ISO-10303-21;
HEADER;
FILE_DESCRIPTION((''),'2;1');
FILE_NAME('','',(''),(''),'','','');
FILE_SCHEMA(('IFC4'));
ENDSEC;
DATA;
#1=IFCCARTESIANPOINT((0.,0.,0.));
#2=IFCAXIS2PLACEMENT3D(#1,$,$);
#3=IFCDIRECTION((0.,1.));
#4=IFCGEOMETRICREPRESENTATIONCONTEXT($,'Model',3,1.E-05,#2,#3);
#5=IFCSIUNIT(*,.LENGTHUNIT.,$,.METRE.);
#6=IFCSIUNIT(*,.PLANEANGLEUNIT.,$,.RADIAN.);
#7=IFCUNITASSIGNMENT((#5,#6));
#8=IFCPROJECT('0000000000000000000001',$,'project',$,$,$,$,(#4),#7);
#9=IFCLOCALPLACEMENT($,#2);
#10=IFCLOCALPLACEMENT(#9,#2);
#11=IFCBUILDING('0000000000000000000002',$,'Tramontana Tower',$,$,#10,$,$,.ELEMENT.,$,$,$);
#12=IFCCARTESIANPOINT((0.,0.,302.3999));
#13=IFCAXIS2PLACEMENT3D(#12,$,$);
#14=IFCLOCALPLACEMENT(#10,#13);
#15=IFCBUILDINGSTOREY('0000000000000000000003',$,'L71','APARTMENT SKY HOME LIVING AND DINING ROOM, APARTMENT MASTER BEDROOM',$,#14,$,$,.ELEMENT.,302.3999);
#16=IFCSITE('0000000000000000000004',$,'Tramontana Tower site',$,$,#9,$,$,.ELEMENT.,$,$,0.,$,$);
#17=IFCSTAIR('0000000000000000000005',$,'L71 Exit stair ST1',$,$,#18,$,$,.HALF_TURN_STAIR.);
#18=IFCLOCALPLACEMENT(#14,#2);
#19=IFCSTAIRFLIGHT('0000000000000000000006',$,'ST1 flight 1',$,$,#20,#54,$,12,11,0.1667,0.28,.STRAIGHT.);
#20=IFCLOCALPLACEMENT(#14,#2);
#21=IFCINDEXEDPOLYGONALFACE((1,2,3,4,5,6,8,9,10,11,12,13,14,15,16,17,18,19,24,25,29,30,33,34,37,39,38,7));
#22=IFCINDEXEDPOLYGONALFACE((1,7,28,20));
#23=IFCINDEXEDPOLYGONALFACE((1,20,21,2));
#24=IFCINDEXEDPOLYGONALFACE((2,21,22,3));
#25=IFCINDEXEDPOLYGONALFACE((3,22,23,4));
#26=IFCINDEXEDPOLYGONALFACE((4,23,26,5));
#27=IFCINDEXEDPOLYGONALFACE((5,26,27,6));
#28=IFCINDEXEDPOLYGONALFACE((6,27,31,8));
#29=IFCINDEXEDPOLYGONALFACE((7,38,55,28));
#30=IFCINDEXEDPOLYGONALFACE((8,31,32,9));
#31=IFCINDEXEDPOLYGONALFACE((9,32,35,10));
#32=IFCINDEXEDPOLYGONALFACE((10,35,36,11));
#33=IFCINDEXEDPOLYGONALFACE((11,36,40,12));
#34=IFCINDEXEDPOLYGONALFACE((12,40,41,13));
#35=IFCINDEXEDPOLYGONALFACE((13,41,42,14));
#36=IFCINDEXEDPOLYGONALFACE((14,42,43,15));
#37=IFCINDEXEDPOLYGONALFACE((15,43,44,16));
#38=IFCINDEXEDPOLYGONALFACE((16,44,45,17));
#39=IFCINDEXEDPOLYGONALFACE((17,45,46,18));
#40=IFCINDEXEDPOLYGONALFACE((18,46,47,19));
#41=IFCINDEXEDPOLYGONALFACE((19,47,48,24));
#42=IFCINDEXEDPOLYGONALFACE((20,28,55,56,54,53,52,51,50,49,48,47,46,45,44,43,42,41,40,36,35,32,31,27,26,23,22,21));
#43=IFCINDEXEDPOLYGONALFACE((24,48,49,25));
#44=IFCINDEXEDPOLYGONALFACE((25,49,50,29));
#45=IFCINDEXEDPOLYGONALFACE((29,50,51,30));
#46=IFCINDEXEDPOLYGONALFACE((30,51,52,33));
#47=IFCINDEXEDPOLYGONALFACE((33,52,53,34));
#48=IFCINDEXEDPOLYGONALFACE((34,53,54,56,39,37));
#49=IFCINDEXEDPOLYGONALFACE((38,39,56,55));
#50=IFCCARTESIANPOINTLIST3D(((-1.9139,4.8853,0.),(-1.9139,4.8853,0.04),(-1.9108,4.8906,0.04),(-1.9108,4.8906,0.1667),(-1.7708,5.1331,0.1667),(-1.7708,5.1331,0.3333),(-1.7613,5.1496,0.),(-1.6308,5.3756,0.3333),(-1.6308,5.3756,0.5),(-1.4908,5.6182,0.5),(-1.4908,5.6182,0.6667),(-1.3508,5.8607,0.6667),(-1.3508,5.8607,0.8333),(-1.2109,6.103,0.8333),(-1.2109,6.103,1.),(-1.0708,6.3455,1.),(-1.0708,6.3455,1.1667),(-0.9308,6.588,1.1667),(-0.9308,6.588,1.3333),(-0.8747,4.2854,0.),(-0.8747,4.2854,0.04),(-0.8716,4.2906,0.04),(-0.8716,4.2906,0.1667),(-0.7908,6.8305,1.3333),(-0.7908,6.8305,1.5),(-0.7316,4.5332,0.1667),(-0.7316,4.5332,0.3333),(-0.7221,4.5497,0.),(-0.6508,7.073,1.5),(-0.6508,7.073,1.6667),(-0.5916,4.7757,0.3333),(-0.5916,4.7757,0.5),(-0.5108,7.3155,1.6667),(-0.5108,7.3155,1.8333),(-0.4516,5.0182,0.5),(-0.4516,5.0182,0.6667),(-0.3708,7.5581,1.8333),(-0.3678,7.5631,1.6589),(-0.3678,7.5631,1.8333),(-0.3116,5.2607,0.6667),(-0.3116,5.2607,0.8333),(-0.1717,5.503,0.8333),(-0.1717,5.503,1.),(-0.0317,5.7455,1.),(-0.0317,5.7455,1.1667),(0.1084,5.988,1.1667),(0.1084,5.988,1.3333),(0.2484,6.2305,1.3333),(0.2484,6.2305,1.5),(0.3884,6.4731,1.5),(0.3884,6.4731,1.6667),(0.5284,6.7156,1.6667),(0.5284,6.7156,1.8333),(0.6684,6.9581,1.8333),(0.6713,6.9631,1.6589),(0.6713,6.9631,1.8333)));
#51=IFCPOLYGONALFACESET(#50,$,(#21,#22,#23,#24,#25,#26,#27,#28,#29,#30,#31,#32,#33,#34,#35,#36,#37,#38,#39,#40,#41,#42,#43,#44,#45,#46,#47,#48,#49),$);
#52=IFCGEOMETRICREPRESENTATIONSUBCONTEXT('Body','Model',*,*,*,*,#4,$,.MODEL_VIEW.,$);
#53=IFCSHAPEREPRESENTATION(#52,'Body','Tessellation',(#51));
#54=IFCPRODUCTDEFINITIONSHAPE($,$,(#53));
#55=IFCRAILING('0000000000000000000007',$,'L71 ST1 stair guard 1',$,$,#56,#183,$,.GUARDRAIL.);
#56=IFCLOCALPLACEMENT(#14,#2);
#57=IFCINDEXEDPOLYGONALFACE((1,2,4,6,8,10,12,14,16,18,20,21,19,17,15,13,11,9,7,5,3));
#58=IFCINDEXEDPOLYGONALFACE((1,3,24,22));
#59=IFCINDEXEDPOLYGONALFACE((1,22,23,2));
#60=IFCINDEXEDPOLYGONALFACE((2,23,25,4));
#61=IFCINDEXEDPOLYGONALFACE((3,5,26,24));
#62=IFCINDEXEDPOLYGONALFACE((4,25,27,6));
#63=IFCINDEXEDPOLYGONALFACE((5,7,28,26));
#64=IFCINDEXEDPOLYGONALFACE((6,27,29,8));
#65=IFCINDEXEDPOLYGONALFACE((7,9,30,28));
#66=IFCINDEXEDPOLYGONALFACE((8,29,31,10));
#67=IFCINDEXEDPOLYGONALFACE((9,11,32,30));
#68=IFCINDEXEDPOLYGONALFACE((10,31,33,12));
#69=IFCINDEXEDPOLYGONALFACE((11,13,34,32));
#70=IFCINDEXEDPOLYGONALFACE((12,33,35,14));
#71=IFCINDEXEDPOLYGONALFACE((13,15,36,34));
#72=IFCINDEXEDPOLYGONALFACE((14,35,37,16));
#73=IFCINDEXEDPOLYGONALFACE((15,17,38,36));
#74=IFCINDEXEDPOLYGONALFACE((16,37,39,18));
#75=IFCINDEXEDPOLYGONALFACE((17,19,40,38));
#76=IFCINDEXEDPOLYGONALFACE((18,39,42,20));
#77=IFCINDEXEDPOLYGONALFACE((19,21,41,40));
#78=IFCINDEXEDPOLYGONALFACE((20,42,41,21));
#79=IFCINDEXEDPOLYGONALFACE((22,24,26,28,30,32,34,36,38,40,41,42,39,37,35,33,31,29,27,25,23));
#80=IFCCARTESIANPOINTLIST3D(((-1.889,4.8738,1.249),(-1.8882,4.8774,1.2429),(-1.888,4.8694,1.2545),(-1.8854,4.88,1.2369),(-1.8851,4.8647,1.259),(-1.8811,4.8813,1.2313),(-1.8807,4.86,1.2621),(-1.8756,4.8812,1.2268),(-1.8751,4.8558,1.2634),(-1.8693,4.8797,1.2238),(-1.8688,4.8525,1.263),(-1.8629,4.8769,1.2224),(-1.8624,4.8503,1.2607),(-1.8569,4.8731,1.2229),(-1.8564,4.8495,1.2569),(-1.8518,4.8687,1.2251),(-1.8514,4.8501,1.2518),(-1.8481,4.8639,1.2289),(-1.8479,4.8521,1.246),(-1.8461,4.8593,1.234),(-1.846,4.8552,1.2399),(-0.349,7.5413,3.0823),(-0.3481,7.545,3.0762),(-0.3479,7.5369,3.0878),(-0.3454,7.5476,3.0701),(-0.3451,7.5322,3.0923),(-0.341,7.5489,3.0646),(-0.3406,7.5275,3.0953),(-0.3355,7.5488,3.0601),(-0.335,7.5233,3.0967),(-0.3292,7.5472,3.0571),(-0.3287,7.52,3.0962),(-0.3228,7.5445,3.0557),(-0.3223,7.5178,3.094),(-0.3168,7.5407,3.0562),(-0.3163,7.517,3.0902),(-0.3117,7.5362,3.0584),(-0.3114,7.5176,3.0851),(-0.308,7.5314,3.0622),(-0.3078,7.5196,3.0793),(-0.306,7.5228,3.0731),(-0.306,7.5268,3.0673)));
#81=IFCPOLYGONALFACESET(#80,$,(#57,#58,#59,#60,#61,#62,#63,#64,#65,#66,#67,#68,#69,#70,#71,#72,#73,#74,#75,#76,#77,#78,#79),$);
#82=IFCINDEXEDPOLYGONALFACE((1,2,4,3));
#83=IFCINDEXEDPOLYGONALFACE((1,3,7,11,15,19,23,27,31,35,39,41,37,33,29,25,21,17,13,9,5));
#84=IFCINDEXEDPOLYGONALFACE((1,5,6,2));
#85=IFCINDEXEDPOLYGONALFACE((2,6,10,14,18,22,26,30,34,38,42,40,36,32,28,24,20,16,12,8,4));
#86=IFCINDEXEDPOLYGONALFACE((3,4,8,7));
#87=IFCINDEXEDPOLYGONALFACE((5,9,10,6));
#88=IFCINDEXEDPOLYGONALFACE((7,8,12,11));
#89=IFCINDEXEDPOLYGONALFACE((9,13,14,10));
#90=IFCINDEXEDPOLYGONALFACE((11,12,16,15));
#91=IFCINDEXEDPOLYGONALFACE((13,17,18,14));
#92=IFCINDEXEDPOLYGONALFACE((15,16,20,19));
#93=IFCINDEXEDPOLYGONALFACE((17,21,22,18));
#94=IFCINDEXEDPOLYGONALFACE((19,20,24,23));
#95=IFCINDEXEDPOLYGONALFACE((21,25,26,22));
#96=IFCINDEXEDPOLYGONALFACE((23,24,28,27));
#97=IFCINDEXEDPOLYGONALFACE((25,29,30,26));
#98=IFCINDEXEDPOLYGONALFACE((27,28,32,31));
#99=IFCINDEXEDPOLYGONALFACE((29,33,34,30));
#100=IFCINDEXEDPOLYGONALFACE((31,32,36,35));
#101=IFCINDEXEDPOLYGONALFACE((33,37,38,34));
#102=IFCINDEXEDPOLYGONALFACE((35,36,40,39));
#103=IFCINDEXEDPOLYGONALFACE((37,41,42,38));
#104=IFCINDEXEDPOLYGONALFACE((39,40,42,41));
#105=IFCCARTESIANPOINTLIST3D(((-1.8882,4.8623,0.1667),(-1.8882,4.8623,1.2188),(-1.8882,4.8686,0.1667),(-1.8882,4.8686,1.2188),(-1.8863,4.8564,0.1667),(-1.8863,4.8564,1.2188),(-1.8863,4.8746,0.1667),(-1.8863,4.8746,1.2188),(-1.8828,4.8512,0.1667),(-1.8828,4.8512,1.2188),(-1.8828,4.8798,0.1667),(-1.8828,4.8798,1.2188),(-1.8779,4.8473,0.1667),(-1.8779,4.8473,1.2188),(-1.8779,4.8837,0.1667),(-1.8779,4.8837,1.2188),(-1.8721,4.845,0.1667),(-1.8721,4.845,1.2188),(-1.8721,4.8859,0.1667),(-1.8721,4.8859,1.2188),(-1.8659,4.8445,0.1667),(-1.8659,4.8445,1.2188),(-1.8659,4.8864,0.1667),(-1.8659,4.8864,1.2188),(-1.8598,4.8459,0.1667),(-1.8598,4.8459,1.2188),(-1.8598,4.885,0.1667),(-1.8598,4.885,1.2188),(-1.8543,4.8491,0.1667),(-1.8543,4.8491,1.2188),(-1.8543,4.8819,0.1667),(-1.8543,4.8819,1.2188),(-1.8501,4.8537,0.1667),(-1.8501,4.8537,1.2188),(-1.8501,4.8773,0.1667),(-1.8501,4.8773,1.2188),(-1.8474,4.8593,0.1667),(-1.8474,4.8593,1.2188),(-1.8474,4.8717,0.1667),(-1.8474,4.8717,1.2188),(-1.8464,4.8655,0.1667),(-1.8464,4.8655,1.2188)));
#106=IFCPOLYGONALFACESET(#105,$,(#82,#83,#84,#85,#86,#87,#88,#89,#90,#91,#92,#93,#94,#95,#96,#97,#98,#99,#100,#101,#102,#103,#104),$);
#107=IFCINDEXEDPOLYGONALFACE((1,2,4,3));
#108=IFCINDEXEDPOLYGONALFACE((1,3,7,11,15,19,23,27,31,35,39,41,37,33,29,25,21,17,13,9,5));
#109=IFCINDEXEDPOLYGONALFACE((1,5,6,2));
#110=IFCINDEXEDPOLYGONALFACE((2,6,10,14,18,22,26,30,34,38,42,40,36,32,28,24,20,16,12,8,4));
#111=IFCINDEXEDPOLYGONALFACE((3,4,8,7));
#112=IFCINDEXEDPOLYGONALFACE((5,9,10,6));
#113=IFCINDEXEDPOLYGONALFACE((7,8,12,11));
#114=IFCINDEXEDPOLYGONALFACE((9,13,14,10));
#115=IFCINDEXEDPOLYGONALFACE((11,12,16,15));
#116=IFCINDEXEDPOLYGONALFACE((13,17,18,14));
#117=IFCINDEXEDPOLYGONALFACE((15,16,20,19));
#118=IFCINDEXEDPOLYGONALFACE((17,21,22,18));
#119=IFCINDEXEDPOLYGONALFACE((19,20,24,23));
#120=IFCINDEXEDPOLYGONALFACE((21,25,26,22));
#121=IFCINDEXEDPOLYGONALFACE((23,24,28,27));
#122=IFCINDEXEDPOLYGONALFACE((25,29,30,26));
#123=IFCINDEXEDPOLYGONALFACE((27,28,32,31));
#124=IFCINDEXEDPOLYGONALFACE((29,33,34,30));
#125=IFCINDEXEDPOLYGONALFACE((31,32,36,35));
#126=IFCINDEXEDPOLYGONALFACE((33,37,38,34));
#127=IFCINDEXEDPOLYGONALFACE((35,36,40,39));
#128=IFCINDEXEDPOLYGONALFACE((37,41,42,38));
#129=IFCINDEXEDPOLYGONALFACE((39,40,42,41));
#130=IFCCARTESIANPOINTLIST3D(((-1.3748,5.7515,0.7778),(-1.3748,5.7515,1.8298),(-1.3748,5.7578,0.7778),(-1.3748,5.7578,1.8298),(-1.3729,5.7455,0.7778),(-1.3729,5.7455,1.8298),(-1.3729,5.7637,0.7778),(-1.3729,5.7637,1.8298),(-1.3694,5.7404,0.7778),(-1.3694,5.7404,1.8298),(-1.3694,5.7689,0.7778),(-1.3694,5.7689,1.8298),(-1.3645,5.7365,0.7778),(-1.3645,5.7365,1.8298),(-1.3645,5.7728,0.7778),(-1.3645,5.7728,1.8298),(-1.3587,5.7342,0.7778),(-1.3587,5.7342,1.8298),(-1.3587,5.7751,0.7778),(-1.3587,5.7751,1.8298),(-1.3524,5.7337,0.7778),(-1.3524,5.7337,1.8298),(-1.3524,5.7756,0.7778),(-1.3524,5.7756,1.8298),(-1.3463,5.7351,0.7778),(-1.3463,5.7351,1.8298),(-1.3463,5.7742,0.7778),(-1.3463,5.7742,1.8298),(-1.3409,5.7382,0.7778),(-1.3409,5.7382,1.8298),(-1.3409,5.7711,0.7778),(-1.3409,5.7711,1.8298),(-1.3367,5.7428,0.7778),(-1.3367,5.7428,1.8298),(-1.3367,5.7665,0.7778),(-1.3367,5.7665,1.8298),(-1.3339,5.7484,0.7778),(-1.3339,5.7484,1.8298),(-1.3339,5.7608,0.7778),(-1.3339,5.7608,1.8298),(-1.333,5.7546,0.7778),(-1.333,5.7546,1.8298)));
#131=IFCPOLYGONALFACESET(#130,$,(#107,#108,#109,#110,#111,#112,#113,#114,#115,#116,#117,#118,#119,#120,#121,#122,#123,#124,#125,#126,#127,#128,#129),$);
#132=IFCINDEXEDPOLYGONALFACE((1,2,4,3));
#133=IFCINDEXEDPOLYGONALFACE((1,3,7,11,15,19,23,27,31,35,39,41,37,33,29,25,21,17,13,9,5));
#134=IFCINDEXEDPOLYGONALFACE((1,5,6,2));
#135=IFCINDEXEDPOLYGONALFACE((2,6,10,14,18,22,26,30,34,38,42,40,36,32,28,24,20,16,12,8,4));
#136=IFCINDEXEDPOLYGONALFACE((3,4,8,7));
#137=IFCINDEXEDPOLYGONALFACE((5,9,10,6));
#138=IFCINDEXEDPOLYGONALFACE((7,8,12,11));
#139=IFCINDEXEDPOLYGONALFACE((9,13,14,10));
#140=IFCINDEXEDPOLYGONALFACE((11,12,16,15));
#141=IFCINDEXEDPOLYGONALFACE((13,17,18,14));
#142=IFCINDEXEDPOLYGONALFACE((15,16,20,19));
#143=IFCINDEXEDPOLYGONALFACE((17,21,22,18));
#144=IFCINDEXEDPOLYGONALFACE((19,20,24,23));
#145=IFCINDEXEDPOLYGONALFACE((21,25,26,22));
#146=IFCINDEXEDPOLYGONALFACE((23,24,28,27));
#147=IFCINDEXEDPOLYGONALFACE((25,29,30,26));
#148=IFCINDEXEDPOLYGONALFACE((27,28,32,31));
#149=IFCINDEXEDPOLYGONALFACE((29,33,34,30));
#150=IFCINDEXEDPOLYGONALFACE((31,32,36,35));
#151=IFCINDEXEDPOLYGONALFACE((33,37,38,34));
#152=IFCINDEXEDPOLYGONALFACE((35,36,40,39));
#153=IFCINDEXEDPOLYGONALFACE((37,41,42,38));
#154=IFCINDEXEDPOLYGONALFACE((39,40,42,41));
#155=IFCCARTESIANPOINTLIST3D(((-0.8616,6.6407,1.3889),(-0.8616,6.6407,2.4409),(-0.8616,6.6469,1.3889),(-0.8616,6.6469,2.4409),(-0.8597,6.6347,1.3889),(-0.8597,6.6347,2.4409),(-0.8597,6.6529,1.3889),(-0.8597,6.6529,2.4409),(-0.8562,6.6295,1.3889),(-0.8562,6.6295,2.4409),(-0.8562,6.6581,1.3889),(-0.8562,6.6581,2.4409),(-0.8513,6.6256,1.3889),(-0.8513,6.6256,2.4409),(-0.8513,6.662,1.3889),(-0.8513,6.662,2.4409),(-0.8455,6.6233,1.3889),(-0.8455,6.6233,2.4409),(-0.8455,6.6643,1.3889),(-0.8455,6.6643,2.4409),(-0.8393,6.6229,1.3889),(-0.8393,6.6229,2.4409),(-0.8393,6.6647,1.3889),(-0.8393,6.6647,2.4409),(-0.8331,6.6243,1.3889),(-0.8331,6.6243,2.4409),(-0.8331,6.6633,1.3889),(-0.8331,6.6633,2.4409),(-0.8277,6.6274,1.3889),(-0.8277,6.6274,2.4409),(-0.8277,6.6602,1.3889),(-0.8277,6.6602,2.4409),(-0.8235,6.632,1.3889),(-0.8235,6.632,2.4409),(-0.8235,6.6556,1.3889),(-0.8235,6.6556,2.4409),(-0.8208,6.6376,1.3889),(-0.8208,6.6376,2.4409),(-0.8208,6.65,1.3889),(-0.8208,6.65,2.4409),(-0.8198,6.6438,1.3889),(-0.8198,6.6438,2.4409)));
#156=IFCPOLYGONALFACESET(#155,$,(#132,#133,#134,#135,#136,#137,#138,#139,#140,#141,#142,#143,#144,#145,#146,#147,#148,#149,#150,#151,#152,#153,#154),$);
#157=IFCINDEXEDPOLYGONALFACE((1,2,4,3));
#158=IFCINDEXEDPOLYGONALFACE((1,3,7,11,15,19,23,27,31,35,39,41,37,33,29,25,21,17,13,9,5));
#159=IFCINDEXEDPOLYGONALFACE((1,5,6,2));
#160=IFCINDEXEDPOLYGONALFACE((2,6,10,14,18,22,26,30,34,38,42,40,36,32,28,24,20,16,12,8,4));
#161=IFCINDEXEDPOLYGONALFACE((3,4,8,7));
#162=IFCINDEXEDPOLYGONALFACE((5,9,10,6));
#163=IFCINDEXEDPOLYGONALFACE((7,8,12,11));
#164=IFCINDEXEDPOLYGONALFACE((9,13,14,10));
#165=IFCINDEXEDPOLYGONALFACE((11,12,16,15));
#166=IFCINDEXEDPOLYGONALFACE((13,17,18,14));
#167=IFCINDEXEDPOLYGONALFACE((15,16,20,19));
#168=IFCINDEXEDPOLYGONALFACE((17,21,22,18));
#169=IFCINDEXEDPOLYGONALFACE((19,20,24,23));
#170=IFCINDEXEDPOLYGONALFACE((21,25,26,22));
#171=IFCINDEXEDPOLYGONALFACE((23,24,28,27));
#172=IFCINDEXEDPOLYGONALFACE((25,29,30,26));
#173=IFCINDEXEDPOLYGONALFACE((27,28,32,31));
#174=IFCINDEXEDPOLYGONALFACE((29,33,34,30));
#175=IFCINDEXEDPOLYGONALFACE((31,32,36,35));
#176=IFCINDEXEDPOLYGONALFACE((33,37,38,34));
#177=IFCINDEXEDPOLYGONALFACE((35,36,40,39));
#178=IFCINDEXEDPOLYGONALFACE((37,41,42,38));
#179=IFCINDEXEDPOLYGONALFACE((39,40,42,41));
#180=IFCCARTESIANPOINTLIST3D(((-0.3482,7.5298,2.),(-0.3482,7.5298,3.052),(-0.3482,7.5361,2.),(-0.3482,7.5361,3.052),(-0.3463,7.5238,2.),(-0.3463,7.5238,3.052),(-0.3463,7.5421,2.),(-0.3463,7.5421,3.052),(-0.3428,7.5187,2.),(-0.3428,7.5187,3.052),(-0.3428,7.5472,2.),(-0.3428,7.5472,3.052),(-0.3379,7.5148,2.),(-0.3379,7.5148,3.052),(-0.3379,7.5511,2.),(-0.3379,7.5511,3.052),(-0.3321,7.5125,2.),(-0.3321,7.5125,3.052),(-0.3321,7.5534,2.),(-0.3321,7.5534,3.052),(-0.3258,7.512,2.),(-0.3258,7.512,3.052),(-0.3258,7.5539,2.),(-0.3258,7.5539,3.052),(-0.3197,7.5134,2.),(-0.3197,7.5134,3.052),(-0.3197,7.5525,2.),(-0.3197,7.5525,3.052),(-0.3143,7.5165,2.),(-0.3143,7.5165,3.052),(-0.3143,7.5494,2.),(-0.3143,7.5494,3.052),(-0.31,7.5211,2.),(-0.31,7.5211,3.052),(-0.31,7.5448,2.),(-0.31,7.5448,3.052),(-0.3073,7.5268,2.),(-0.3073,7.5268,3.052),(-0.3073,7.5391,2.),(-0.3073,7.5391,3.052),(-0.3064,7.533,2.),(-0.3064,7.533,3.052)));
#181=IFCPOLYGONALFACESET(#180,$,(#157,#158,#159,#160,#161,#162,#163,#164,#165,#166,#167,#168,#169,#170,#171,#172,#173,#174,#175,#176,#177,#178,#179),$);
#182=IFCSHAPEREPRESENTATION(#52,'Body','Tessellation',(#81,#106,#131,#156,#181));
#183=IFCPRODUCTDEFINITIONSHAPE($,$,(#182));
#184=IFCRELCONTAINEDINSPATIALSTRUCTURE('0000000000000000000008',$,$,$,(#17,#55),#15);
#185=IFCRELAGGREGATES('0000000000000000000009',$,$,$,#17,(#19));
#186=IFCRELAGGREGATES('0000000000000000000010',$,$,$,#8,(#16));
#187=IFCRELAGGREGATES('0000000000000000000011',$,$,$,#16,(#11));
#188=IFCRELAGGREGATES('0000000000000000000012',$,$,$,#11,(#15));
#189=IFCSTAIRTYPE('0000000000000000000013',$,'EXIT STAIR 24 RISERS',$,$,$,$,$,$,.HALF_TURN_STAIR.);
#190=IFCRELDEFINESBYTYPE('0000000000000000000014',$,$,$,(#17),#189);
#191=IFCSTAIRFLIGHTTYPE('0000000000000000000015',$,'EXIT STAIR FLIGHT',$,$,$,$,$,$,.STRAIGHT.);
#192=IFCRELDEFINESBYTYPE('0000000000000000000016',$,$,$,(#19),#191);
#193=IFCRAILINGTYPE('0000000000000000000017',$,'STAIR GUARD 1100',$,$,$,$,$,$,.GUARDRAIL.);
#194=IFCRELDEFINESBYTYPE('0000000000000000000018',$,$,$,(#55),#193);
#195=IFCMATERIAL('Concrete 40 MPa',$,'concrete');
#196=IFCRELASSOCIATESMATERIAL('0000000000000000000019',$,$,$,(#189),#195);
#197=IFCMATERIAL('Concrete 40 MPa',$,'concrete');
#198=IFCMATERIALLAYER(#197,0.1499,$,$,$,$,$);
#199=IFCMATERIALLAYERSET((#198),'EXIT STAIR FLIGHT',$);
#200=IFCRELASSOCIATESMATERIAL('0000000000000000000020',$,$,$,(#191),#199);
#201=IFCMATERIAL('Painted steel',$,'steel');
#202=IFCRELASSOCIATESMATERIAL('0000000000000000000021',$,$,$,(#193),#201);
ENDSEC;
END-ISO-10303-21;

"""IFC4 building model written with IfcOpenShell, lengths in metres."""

from ifc_helpers import new_model, si_unit, direction, frame, origin, origin_2d, place, context, subcontext, project, spatial, polyline, circle, outline, extrude, material, layer, layer_set, type_object, element, aggregate, save


model = new_model("IFC4")

# Units and contexts
model_context = context("Model", 3, precision=1e-05, world=origin(), true_north=direction((0.0, 1.0)))
body_context = subcontext(model_context, "Body", "Model", "MODEL_VIEW")
ifc_project = project(units=[si_unit("LENGTHUNIT", "METRE"), si_unit("PLANEANGLEUNIT", "RADIAN")], contexts=[model_context])

# Site, building, storey
site_placement = place(None, origin())
site = spatial("IfcSite", under=ifc_project, at=site_placement, Name="Tramontana Tower site", CompositionType="ELEMENT", RefElevation=0.0)
building_placement = place(site_placement, origin())
building = spatial("IfcBuilding", under=site, at=building_placement, Name="Tramontana Tower", CompositionType="ELEMENT")
storey_placement = place(building_placement, frame((0.0, 0.0, 302.3999)))
storey = spatial("IfcBuildingStorey", under=building, at=storey_placement, Name="L71", Description="APARTMENT SKY HOME LIVING AND DINING ROOM, APARTMENT MASTER BEDROOM", CompositionType="ELEMENT", Elevation=302.3999)

# Stair, stair flight
ifc_material_1 = material(Name="Concrete 40 MPa", Category="concrete")
stair_type = type_object("IfcStairType", Name="EXIT STAIR 24 RISERS", PredefinedType="HALF_TURN_STAIR", material=ifc_material_1)
stair_placement = place(storey_placement, origin())
stair = element("IfcStair", 1, at=stair_placement, inside=storey, type_object=stair_type, Name="L71 Exit stair ST1", PredefinedType="HALF_TURN_STAIR")
ifc_material_2 = material(Name="Concrete 40 MPa", Category="concrete")
ifc_layer_1 = layer(ifc_material_2, 0.1499)
ifc_layer_set_1 = layer_set([ifc_layer_1], Name="EXIT STAIR FLIGHT")
stair_flight_type = type_object("IfcStairFlightType", Name="EXIT STAIR FLIGHT", PredefinedType="STRAIGHT", material=ifc_layer_set_1)
stair_flight_placement = place(storey_placement, frame((-1.3911, 4.5906, 0.0), z_axis=(0.0, 0.0, 1.0), x_axis=(0.5, 0.866025, 0.0)))
stair_flight = element("IfcStairFlight", 2, at=stair_flight_placement, type_object=stair_flight_type, Name="ST1 flight 1", NumberOfRisers=12, NumberOfTreads=11, PredefinedType="STRAIGHT", RiserHeight=0.1667, TreadLength=0.28, context=body_context, shape_type="SweptSolid", body=[
    extrude(outline(polyline([(-0.0061, 0.0), (-0.0061, 0.04), (0.0, 0.04), (0.0, 0.1667), (0.28, 0.1667), (0.28, 0.3333), (0.5601, 0.3333), (0.5601, 0.5), (0.8401, 0.5), (0.8401, 0.6667), (1.1201, 0.6667), (1.1201, 0.8333), (1.3999, 0.8333), (1.3999, 1.0), (1.6799, 1.0), (1.6799, 1.1667), (1.96, 1.1667), (1.96, 1.3333), (2.24, 1.3333), (2.24, 1.5), (2.52, 1.5), (2.52, 1.6667), (2.8, 1.6667), (2.8, 1.8333), (3.0801, 1.8333), (3.0859, 1.8333), (3.0859, 1.6589), (0.2991, 0.0), (-0.0061, 0.0)])), frame((0.0, 0.6001, 0.0), z_axis=(0.0, -1.0, 0.0), x_axis=(1.0, 0.0, 0.0)), (0.0, 0.0, 1.0), 1.2),
])
aggregate(stair, [stair_flight])

# Railing
ifc_material_3 = material(Name="Painted steel", Category="steel")
railing_type_1 = type_object("IfcRailingType", Name="STAIR GUARD 1100", PredefinedType="GUARDRAIL", material=ifc_material_3)
railing_1_placement = place(storey_placement, frame((-1.8674, 4.8655, 0.1667)))
element("IfcRailing", 3, at=railing_1_placement, inside=storey, type_object=railing_type_1, Name="L71 ST1 stair guard 1", PredefinedType="GUARDRAIL", context=body_context, shape_type="SweptSolid", body=[
    extrude(circle(Radius=0.0239, at=origin_2d()), frame((0.0, 0.0, 1.0762), z_axis=(0.429649, 0.74419, 0.511452), x_axis=(-0.86603, 0.499992, 0.0)), (0.0, 0.0, 1.0), 3.5845),
    extrude(circle(Radius=0.021, at=origin_2d()), origin(), (0.0, 0.0, 1.0), 1.052),
    extrude(circle(Radius=0.021, at=origin_2d()), frame((0.5134, 0.8892, 0.6111)), (0.0, 0.0, 1.0), 1.052),
    extrude(circle(Radius=0.021, at=origin_2d()), frame((1.0266, 1.7783, 1.2222)), (0.0, 0.0, 1.0), 1.052),
    extrude(circle(Radius=0.021, at=origin_2d()), frame((1.54, 2.6675, 1.8333)), (0.0, 0.0, 1.0), 1.052),
])

save(model, "model.ifc")
